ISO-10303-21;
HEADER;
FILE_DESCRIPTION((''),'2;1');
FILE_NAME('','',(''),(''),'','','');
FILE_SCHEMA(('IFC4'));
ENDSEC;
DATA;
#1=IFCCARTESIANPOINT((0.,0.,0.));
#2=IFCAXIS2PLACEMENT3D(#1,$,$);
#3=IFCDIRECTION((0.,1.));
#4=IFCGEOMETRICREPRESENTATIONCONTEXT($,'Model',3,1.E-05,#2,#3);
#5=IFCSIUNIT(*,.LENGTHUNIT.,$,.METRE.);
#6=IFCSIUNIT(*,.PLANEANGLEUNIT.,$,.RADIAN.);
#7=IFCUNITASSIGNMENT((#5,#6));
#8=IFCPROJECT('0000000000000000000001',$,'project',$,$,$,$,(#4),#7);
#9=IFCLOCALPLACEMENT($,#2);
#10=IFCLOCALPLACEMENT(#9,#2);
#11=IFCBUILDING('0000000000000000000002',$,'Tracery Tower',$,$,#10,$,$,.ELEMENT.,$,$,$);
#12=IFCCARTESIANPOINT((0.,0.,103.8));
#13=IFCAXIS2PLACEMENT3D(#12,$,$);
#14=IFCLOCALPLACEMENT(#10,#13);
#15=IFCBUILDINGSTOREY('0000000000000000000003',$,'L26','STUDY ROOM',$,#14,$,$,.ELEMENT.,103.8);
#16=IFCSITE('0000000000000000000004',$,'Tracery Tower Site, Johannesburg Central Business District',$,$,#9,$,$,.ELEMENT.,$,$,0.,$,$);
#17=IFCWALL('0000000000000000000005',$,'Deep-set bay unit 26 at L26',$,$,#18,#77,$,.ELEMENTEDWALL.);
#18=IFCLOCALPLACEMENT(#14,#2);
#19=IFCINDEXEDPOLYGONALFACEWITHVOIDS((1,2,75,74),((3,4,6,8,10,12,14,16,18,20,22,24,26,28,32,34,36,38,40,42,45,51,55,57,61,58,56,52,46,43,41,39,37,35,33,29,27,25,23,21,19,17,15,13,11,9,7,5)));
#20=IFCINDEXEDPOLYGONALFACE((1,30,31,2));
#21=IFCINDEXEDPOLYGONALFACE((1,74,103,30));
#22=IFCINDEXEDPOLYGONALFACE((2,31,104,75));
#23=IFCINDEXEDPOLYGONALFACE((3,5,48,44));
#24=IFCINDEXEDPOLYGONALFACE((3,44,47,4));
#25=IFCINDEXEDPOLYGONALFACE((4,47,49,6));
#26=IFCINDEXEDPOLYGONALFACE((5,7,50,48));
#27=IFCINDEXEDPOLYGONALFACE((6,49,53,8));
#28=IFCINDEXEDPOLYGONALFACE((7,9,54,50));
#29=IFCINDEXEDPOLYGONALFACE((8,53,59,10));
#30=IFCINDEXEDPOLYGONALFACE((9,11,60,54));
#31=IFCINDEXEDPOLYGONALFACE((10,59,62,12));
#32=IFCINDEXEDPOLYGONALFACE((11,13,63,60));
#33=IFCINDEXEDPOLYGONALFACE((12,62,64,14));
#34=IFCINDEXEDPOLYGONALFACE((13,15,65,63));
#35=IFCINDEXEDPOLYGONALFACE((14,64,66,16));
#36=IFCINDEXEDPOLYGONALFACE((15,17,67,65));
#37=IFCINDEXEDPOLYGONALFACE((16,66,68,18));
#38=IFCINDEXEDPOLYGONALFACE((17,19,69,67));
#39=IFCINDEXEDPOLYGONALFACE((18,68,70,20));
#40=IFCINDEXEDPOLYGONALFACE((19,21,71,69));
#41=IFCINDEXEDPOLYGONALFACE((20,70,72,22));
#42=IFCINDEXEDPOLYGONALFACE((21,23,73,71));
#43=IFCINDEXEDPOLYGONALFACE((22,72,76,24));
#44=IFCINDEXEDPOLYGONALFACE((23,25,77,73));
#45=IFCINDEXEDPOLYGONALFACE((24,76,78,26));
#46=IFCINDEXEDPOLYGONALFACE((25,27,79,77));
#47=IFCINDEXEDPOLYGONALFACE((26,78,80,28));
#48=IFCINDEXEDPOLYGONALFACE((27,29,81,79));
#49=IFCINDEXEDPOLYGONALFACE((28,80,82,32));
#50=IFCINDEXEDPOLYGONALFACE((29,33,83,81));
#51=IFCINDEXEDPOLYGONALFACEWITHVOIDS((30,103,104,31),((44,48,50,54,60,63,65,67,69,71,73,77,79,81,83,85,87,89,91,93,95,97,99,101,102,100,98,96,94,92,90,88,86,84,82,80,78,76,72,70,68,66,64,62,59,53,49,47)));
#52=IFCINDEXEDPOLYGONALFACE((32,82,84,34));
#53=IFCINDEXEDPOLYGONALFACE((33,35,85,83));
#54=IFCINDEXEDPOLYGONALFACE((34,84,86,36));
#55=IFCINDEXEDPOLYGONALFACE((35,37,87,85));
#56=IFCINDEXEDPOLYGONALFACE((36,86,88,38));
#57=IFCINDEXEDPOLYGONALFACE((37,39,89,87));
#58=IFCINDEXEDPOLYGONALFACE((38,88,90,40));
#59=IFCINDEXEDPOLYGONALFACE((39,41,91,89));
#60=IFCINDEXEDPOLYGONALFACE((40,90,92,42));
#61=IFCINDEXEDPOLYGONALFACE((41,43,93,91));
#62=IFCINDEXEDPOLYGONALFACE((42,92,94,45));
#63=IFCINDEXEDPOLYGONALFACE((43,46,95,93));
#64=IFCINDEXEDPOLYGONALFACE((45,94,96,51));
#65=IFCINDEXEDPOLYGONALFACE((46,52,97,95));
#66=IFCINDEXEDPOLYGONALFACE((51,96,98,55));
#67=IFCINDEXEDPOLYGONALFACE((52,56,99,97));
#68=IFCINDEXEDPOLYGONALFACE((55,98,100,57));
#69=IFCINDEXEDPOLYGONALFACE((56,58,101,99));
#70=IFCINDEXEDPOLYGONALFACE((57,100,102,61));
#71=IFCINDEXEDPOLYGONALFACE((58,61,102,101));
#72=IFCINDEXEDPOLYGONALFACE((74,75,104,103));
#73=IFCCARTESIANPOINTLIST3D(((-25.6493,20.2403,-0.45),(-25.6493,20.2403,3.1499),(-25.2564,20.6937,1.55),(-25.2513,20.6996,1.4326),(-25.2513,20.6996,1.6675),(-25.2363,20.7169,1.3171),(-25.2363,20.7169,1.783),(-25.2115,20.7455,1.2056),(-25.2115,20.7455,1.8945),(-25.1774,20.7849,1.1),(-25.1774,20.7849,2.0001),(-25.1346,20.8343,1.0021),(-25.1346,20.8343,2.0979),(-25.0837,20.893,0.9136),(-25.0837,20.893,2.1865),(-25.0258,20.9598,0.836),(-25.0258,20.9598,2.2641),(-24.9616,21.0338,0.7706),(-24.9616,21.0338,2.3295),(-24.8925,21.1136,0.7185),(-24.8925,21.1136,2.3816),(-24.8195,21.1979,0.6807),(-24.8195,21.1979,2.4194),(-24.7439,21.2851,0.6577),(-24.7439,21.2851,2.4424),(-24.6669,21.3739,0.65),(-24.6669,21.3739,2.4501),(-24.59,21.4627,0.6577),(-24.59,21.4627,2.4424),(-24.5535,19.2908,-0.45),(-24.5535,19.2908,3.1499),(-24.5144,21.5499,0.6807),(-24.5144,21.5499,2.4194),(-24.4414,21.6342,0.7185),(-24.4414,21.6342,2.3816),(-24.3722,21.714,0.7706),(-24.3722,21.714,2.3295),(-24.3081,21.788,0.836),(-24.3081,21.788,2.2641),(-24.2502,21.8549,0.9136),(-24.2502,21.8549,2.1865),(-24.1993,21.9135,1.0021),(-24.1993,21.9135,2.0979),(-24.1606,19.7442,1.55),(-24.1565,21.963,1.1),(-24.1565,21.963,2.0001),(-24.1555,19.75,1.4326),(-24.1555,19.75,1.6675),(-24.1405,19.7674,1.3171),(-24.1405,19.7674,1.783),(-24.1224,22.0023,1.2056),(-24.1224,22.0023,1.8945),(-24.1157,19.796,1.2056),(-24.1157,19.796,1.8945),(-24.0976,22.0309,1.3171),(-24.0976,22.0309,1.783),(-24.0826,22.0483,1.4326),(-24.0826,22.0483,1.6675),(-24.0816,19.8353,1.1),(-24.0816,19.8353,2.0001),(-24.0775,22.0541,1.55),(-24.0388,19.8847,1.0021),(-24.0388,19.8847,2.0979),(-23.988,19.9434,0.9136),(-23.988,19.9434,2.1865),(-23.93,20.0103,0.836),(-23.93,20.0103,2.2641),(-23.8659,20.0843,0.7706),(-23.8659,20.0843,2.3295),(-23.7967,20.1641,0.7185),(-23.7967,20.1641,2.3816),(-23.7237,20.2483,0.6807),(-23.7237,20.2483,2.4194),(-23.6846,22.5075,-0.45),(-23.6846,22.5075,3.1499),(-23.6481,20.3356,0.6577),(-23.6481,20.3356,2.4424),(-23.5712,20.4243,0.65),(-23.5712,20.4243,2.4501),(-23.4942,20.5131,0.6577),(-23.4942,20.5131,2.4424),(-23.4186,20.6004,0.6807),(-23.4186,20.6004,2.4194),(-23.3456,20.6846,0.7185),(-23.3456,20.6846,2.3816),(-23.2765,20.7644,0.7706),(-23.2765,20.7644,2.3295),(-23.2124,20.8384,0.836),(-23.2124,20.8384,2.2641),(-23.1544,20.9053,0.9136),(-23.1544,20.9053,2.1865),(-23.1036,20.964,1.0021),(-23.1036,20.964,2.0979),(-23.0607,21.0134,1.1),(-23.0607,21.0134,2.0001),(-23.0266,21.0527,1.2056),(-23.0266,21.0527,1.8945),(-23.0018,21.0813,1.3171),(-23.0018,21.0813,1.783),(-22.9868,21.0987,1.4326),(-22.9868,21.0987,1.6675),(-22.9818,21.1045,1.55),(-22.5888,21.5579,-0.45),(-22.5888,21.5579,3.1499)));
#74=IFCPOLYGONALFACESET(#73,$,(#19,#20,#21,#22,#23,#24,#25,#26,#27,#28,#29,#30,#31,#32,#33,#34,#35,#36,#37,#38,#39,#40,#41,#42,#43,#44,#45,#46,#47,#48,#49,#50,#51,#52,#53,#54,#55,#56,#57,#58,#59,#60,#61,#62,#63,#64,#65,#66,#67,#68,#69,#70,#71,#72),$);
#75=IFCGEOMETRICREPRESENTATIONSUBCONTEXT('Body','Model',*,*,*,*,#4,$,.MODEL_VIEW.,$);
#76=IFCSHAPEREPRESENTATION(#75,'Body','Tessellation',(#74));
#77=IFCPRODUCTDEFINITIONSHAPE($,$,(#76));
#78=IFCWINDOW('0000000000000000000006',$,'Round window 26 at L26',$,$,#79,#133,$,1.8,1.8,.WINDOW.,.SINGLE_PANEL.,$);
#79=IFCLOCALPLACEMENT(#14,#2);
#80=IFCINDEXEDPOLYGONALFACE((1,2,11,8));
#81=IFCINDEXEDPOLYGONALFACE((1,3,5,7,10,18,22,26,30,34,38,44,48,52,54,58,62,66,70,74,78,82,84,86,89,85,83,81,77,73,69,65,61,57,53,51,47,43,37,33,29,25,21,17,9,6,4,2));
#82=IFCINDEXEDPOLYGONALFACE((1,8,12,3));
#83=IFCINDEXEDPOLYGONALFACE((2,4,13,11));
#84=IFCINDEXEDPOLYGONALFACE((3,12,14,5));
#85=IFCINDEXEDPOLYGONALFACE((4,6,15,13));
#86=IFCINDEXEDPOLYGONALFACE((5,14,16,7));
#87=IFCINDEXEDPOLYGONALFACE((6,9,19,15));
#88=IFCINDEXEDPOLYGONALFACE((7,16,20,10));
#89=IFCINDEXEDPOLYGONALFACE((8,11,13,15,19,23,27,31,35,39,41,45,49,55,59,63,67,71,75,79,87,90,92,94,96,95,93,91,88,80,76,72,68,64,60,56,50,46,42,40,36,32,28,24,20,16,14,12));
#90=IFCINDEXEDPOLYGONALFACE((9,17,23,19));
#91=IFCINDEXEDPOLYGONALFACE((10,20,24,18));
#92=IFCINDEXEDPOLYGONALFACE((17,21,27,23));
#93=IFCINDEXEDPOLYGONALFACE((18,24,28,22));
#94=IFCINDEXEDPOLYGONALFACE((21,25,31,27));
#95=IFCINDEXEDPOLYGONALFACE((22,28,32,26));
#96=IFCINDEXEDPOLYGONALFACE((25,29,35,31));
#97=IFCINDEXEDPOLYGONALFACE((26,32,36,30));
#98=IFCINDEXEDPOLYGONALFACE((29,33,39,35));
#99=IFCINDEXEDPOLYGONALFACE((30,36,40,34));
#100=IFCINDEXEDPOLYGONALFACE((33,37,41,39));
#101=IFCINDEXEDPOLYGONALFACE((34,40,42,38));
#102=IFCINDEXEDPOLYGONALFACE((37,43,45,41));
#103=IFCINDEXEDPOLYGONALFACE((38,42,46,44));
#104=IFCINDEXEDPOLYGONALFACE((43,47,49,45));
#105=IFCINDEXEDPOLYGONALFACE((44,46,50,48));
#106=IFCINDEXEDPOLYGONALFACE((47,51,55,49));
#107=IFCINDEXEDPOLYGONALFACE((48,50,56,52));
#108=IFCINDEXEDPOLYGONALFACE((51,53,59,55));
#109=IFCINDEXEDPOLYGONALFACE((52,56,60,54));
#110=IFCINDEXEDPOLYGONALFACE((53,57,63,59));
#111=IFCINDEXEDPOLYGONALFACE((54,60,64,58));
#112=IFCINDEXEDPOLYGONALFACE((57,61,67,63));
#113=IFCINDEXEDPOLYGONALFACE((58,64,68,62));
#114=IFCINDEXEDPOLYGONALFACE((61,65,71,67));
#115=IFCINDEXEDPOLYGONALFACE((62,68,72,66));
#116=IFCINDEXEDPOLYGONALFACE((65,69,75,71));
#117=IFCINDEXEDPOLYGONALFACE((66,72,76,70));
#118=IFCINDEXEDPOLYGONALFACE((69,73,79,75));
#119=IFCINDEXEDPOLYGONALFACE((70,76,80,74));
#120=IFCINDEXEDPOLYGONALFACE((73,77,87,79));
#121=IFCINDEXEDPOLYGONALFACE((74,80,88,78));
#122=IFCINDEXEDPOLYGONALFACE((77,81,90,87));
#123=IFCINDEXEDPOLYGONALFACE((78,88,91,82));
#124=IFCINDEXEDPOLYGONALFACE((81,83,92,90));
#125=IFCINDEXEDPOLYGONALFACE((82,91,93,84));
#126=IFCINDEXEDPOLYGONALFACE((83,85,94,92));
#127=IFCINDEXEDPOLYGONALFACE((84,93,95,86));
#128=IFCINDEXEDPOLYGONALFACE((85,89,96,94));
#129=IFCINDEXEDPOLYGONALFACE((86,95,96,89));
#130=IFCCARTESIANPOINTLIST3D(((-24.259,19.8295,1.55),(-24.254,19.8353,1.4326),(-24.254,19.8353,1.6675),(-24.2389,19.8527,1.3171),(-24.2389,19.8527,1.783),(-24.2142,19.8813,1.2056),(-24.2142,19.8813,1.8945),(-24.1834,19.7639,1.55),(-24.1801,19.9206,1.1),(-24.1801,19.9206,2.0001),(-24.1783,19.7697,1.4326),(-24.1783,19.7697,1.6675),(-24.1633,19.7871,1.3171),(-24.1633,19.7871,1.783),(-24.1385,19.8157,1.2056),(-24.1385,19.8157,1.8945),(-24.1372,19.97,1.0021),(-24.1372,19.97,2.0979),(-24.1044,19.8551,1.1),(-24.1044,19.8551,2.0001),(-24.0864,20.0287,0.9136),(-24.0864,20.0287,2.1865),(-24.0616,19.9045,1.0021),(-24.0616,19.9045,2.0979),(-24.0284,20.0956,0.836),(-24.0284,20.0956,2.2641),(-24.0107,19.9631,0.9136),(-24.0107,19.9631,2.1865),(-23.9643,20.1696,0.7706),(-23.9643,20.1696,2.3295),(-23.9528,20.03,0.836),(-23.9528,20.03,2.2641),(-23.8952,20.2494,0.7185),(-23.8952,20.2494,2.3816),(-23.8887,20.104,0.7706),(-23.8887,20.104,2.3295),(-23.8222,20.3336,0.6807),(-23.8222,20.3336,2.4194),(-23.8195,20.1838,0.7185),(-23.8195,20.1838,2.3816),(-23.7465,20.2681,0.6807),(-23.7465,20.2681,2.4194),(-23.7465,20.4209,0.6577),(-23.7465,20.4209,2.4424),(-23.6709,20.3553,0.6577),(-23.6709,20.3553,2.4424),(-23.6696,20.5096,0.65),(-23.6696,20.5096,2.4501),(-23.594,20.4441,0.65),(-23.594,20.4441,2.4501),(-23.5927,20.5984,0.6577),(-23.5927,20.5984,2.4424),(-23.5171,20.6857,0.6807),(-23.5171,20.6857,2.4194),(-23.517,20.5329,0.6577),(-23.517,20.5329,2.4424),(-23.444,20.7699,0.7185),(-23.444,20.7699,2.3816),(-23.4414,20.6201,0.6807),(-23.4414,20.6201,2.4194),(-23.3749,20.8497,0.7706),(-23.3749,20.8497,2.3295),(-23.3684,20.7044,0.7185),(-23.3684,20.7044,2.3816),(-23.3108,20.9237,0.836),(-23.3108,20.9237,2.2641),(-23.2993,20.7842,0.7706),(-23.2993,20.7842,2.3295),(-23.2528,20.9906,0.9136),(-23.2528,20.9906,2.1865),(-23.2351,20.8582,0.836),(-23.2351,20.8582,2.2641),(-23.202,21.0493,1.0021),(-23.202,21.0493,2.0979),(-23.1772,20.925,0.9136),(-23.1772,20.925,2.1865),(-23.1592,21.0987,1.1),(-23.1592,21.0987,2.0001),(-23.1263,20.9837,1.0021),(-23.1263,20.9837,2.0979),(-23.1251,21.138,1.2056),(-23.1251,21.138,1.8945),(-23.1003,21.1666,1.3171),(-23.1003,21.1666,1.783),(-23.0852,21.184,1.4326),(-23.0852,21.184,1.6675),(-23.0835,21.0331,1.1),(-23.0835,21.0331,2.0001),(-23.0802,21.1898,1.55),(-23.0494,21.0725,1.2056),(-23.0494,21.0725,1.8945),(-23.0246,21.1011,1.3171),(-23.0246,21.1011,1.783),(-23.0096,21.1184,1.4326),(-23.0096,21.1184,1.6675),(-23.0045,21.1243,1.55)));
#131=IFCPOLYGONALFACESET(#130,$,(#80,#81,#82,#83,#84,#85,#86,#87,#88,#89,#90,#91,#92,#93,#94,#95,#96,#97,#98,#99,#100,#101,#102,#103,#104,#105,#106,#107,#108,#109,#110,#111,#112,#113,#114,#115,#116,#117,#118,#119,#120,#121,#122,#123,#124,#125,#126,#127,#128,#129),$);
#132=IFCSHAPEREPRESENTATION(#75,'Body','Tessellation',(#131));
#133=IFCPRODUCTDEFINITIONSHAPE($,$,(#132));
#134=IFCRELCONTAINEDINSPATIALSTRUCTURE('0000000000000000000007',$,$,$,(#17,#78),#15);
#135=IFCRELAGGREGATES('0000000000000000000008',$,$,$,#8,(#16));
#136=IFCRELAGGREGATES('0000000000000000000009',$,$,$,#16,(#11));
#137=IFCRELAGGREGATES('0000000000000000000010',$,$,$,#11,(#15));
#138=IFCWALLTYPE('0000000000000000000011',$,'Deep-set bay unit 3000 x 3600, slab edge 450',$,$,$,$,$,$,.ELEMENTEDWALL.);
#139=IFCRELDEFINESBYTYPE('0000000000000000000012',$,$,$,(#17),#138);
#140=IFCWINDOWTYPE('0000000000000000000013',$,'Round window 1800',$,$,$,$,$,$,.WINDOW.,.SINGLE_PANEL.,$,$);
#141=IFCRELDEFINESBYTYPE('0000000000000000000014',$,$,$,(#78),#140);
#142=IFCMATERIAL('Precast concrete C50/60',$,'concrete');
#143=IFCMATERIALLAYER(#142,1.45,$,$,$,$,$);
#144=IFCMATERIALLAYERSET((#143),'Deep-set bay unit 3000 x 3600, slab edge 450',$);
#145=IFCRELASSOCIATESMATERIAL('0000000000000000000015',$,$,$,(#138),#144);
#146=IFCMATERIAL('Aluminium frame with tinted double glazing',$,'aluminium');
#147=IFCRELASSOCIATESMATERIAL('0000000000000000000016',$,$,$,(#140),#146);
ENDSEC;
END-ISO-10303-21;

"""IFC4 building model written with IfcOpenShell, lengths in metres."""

from ifc_helpers import new_model, si_unit, direction, frame, frame_2d, origin, origin_2d, place, context, subcontext, project, spatial, rectangle, circle, extrude, material, layer, layer_set, type_object, element, fill, save


model = new_model("IFC4")

# Units and contexts
model_context = context("Model", 3, precision=1e-05, world=origin(), true_north=direction((0.0, 1.0)))
body_context = subcontext(model_context, "Body", "Model", "MODEL_VIEW")
ifc_project = project(units=[si_unit("LENGTHUNIT", "METRE"), si_unit("PLANEANGLEUNIT", "RADIAN")], contexts=[model_context])

# Site, building, storey
site_placement = place(None, origin())
site = spatial("IfcSite", under=ifc_project, at=site_placement, Name="Tracery Tower Site, Johannesburg Central Business District", CompositionType="ELEMENT", RefElevation=0.0)
building_placement = place(site_placement, origin())
building = spatial("IfcBuilding", under=site, at=building_placement, Name="Tracery Tower", CompositionType="ELEMENT")
storey_placement = place(building_placement, frame((0.0, 0.0, 103.8)))
storey = spatial("IfcBuildingStorey", under=building, at=storey_placement, Name="L26", Description="STUDY ROOM", CompositionType="ELEMENT", Elevation=103.8)

# Wall, opening, window
ifc_material_1 = material(Name="Precast concrete C50/60", Category="concrete")
ifc_layer_1 = layer(ifc_material_1, 1.45)
ifc_layer_set_1 = layer_set([ifc_layer_1], Name="Deep-set bay unit 3000 x 3600, slab edge 450")
wall_type_1 = type_object("IfcWallType", Name="Deep-set bay unit 3000 x 3600, slab edge 450", PredefinedType="ELEMENTEDWALL", material=ifc_layer_set_1)
ifc_material_2 = material(Name="Aluminium frame with tinted double glazing", Category="aluminium")
window_type = type_object("IfcWindowType", Name="Round window 1800", PartitioningType="SINGLE_PANEL", PredefinedType="WINDOW", material=ifc_material_2)
wall_1_placement = place(storey_placement, frame((-23.1367, 22.0327, -0.45), z_axis=(0.0, 0.0, 1.0), x_axis=(-0.65489, -0.755724, 0.0)))
wall_1 = element("IfcWall", 1, at=wall_1_placement, inside=storey, type_object=wall_type_1, Name="Deep-set bay unit 26 at L26", PredefinedType="ELEMENTEDWALL", context=body_context, shape_type="SweptSolid", body=[
    extrude(rectangle(XDim=3.0, YDim=1.45, at=frame_2d((1.5, 0.0))), origin(), (0.0, 0.0, 1.0), 3.5999),
])
opening_1_placement = place(wall_1_placement, frame((1.5, 0.0, 2.0)))
opening_1 = element("IfcOpeningElement", 2, at=opening_1_placement, cuts=wall_1, PredefinedType="OPENING", context=body_context, shape_type="SweptSolid", body=[
    extrude(circle(Radius=0.9, at=origin_2d()), frame((0.0, 0.7349, 0.0), z_axis=(0.0, -1.0, 0.0), x_axis=(1.0, 0.0, 0.0)), (0.0, 0.0, 1.0), 1.47),
])
window_1_placement = place(opening_1_placement, origin())
window_1 = element("IfcWindow", 3, at=window_1_placement, inside=storey, type_object=window_type, Name="Round window 26 at L26", OverallHeight=1.8, OverallWidth=1.8, PartitioningType="SINGLE_PANEL", PredefinedType="WINDOW", context=body_context, shape_type="SweptSolid", body=[
    extrude(circle(Radius=0.9, at=origin_2d()), frame((0.0, 0.6948, 0.0), z_axis=(0.0, -1.0, 0.0), x_axis=(1.0, 0.0, 0.0)), (0.0, 0.0, 1.0), 0.1001),
])
fill(opening_1, window_1)

save(model, "model.ifc")
